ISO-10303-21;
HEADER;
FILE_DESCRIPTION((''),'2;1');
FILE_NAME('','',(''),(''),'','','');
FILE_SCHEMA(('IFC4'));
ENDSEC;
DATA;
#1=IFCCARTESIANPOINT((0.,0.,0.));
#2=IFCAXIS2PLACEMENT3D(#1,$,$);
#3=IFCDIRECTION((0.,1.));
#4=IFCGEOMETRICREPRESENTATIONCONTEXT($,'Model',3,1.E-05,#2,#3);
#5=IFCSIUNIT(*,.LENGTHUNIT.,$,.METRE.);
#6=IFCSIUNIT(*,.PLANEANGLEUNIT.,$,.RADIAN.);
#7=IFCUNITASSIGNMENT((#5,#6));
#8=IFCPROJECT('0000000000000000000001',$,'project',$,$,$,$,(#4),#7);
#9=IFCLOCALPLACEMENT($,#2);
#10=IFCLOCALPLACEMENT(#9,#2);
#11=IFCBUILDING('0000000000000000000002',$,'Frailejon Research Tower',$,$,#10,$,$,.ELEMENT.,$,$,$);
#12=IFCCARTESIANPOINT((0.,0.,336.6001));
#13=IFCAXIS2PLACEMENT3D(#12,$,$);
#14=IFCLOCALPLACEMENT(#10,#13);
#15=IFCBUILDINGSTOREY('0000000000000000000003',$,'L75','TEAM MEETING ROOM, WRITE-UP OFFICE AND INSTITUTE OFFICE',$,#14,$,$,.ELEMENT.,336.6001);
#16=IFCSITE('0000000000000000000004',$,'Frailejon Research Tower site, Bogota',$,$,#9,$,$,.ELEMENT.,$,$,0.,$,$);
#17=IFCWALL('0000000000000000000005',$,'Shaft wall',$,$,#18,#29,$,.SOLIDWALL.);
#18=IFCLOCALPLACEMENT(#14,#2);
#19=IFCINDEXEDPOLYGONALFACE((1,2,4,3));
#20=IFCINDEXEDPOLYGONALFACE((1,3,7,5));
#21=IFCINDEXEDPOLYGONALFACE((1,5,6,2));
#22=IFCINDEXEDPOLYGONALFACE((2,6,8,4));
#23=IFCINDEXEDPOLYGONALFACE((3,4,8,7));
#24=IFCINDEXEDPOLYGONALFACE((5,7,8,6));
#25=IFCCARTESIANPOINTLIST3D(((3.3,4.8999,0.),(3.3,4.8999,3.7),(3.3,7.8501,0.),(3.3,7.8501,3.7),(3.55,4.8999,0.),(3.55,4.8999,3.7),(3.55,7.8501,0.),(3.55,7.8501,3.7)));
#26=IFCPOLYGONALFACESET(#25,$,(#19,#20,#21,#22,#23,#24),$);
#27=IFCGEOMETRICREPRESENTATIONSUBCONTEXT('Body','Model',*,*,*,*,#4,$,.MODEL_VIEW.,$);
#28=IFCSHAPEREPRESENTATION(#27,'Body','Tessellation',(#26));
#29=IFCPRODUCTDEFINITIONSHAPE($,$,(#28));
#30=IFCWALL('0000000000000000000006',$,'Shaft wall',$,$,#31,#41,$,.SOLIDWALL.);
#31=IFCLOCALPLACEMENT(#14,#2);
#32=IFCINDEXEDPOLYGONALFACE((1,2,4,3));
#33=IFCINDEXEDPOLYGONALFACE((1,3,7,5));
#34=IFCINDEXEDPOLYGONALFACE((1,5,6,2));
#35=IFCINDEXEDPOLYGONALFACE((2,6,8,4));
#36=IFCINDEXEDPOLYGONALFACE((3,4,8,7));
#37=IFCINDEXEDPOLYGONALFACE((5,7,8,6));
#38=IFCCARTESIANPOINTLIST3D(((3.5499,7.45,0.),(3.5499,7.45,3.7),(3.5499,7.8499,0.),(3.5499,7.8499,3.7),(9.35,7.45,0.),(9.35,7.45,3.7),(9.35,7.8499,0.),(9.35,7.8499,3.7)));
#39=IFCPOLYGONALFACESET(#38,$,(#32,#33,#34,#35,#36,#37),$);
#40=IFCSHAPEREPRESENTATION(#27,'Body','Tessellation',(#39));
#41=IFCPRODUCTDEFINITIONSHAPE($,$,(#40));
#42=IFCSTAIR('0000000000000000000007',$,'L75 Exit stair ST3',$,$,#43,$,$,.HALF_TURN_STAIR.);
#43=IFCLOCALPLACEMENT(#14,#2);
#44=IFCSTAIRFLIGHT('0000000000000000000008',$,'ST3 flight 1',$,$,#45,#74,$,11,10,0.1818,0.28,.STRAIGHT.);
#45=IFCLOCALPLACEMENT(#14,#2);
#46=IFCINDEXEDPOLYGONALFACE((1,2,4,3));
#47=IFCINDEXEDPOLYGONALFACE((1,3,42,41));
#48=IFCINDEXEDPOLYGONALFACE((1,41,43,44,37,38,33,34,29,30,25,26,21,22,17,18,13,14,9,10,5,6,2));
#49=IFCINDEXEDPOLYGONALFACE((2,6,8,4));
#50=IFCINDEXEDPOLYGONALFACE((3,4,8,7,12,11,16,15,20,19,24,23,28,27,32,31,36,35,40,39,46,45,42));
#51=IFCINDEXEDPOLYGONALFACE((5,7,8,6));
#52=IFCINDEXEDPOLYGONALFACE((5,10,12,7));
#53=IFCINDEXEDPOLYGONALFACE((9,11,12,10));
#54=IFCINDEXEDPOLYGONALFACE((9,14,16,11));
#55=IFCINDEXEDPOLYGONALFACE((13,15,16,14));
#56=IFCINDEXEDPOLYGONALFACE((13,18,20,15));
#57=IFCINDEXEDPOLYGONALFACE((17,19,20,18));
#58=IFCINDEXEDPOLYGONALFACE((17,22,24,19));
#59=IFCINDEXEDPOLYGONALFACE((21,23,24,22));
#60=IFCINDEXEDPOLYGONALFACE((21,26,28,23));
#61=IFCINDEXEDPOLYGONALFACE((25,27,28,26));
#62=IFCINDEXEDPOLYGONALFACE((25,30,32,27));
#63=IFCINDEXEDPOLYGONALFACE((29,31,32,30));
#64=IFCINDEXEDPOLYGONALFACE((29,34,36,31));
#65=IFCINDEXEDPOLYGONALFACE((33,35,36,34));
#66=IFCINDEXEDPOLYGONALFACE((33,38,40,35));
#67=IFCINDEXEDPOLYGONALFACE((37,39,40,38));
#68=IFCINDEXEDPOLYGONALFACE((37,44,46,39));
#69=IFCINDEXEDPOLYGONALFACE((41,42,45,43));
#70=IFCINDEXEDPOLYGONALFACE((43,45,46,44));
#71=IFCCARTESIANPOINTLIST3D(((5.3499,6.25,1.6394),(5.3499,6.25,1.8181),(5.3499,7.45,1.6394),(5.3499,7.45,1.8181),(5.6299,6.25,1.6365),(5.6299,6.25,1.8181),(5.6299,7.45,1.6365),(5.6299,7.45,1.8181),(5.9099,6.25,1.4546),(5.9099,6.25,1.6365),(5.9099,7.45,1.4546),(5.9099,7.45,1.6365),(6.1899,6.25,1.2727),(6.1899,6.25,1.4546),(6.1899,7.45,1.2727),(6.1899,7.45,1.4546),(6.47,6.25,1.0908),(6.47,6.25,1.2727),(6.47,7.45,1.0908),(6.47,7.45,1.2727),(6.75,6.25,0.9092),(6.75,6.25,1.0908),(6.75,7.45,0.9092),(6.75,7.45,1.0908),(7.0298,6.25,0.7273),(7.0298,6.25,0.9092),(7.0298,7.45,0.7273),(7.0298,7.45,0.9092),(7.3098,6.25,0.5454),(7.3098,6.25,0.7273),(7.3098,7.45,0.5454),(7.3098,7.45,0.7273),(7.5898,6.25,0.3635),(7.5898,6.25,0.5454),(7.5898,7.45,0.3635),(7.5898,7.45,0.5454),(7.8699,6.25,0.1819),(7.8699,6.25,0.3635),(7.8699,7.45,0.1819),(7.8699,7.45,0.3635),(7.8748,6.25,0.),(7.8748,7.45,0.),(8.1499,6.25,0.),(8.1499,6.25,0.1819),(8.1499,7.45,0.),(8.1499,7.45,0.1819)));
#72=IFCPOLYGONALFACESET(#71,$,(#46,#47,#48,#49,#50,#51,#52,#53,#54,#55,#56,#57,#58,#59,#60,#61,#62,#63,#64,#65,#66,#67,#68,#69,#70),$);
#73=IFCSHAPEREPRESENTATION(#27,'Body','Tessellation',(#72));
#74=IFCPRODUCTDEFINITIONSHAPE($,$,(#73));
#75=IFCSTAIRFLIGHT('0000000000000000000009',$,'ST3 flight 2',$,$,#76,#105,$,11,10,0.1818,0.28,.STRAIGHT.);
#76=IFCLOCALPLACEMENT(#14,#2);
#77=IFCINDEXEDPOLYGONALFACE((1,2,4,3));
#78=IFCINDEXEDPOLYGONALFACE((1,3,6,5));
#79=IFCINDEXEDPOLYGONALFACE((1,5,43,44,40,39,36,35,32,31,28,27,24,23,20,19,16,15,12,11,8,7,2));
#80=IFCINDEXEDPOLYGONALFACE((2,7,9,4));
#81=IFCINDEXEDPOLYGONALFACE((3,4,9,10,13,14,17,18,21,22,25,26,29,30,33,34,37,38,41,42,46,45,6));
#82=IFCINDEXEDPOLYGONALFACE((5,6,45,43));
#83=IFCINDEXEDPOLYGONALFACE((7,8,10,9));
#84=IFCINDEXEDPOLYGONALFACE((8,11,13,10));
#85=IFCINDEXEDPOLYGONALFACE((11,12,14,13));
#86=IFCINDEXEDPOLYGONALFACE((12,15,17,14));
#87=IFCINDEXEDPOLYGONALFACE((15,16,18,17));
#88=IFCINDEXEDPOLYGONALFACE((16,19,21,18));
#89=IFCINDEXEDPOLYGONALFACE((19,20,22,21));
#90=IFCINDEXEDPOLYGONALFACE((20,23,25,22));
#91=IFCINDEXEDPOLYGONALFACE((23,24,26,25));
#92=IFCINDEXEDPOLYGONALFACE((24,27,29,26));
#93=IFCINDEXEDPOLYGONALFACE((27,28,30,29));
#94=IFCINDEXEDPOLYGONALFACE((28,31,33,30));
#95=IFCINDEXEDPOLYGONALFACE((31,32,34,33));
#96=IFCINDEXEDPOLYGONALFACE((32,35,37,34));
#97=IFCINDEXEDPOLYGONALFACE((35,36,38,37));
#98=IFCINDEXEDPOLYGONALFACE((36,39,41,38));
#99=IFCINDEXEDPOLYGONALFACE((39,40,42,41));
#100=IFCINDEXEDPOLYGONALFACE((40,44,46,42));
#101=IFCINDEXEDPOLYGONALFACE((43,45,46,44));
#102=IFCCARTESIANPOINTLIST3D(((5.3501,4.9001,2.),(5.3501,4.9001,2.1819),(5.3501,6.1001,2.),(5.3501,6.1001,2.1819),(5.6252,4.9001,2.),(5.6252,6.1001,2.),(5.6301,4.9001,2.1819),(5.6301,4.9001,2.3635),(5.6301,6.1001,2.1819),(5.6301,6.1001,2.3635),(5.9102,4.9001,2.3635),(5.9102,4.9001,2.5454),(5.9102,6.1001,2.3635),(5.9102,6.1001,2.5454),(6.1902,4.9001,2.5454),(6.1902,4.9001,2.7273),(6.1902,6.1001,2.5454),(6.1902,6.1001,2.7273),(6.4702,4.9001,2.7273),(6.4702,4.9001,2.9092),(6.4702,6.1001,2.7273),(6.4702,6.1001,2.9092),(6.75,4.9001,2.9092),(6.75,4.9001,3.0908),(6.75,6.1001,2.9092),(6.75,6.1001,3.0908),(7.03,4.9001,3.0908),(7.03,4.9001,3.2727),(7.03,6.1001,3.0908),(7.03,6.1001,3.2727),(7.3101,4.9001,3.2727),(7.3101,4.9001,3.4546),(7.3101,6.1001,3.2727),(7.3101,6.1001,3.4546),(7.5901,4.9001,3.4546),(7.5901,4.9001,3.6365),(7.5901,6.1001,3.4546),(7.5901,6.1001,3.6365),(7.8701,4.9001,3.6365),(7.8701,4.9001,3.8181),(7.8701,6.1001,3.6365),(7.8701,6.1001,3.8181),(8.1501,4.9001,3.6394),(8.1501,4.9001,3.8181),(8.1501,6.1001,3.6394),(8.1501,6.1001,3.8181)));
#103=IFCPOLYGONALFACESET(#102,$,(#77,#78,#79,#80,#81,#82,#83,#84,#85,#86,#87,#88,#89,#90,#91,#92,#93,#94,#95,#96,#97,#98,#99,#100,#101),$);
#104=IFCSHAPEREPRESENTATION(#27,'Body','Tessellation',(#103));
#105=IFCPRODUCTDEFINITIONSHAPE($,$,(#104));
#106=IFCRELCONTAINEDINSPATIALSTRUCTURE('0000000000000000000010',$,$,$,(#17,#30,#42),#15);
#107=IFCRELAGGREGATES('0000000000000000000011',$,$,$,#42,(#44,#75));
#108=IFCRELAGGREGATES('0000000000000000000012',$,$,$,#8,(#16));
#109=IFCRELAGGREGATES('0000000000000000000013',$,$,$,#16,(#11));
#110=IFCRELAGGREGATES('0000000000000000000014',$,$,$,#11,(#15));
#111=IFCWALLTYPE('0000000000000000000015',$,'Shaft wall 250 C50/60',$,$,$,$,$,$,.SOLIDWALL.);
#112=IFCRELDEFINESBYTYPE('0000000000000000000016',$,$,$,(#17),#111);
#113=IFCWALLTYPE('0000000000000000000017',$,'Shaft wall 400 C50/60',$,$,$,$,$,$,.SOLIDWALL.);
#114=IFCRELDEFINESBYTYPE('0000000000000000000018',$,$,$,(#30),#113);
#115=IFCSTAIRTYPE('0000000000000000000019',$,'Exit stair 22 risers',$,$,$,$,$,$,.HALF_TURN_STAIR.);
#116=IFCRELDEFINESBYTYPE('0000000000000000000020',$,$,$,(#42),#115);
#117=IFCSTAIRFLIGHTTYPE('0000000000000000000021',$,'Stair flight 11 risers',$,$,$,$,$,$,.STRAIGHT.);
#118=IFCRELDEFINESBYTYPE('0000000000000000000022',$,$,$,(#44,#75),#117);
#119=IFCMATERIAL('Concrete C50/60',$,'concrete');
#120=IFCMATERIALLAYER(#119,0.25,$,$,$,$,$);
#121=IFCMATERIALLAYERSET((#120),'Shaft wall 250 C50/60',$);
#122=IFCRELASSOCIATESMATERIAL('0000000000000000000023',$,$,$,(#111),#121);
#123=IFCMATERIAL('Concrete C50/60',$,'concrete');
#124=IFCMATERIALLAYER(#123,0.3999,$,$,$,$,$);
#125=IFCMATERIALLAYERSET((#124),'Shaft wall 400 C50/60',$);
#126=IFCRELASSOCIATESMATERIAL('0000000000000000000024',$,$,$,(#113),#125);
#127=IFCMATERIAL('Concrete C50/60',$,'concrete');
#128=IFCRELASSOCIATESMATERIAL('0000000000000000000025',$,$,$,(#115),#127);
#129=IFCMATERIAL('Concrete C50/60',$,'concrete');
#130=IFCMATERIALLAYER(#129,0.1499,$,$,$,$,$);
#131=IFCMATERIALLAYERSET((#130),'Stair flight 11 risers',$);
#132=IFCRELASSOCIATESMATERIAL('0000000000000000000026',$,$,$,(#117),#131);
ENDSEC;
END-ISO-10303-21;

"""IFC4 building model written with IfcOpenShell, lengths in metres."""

from ifc_helpers import new_model, si_unit, direction, frame, frame_2d, origin, place, context, subcontext, project, spatial, polyline, rectangle, outline, extrude, material, layer, layer_set, type_object, element, aggregate, save


model = new_model("IFC4")

# Units and contexts
model_context = context("Model", 3, precision=1e-05, world=origin(), true_north=direction((0.0, 1.0)))
body_context = subcontext(model_context, "Body", "Model", "MODEL_VIEW")
ifc_project = project(units=[si_unit("LENGTHUNIT", "METRE"), si_unit("PLANEANGLEUNIT", "RADIAN")], contexts=[model_context])

# Site, building, storey
site_placement = place(None, origin())
site = spatial("IfcSite", under=ifc_project, at=site_placement, Name="Frailejon Research Tower site, Bogota", CompositionType="ELEMENT", RefElevation=0.0)
building_placement = place(site_placement, origin())
building = spatial("IfcBuilding", under=site, at=building_placement, Name="Frailejon Research Tower", CompositionType="ELEMENT")
storey_placement = place(building_placement, frame((0.0, 0.0, 336.6001)))
storey = spatial("IfcBuildingStorey", under=building, at=storey_placement, Name="L75", Description="TEAM MEETING ROOM, WRITE-UP OFFICE AND INSTITUTE OFFICE", CompositionType="ELEMENT", Elevation=336.6001)

# Shared definitions
ifc_material_1 = material(Name="Concrete C50/60", Category="concrete")
ifc_layer_1 = layer(ifc_material_1, 0.25)
ifc_layer_set_1 = layer_set([ifc_layer_1], Name="Shaft wall 250 C50/60")
wall_type_1 = type_object("IfcWallType", Name="Shaft wall 250 C50/60", PredefinedType="SOLIDWALL", material=ifc_layer_set_1)

# Walls
wall_1_placement = place(storey_placement, frame((3.425, 4.8999, 0.0), z_axis=(0.0, 0.0, 1.0), x_axis=(0.0, 1.0, 0.0)))
element("IfcWall", 1, at=wall_1_placement, inside=storey, type_object=wall_type_1, Name="Shaft wall", PredefinedType="SOLIDWALL", context=body_context, shape_type="SweptSolid", body=[
    extrude(rectangle(XDim=2.9502, YDim=0.25, at=frame_2d((1.4751, 0.0))), origin(), (0.0, 0.0, 1.0), 3.7),
])
ifc_material_2 = material(Name="Concrete C50/60", Category="concrete")
ifc_layer_2 = layer(ifc_material_2, 0.3999)
ifc_layer_set_2 = layer_set([ifc_layer_2], Name="Shaft wall 400 C50/60")
wall_type_2 = type_object("IfcWallType", Name="Shaft wall 400 C50/60", PredefinedType="SOLIDWALL", material=ifc_layer_set_2)
wall_2_placement = place(storey_placement, frame((3.55, 7.6499, 0.0), z_axis=(0.0, 0.0, 1.0), x_axis=(1.0, 0.0, 0.0)))
element("IfcWall", 2, at=wall_2_placement, inside=storey, type_object=wall_type_2, Name="Shaft wall", PredefinedType="SOLIDWALL", context=body_context, shape_type="SweptSolid", body=[
    extrude(rectangle(XDim=5.8, YDim=0.3999, at=frame_2d((2.8999, 0.0))), origin(), (0.0, 0.0, 1.0), 3.7),
])

# Stair, stair flights
ifc_material_3 = material(Name="Concrete C50/60", Category="concrete")
stair_type = type_object("IfcStairType", Name="Exit stair 22 risers", PredefinedType="HALF_TURN_STAIR", material=ifc_material_3)
stair_placement = place(storey_placement, origin())
stair = element("IfcStair", 3, at=stair_placement, inside=storey, type_object=stair_type, Name="L75 Exit stair ST3", PredefinedType="HALF_TURN_STAIR")
ifc_material_4 = material(Name="Concrete C50/60", Category="concrete")
ifc_layer_3 = layer(ifc_material_4, 0.1499)
ifc_layer_set_3 = layer_set([ifc_layer_3], Name="Stair flight 11 risers")
stair_flight_type = type_object("IfcStairFlightType", Name="Stair flight 11 risers", PredefinedType="STRAIGHT", material=ifc_layer_set_3)
stair_flight_1_placement = place(storey_placement, frame((8.1499, 6.8501, 0.0), z_axis=(0.0, 0.0, 1.0), x_axis=(-1.0, 0.0, 0.0)))
stair_flight_1 = element("IfcStairFlight", 4, at=stair_flight_1_placement, type_object=stair_flight_type, Name="ST3 flight 1", NumberOfRisers=11, NumberOfTreads=10, PredefinedType="STRAIGHT", RiserHeight=0.1818, TreadLength=0.28, context=body_context, shape_type="SweptSolid", body=[
    extrude(outline(polyline([(0.0, 0.0), (0.0, 0.1819), (0.28, 0.1819), (0.28, 0.3635), (0.5601, 0.3635), (0.5601, 0.5454), (0.8401, 0.5454), (0.8401, 0.7273), (1.1201, 0.7273), (1.1201, 0.9092), (1.3999, 0.9092), (1.3999, 1.0908), (1.6799, 1.0908), (1.6799, 1.2727), (1.96, 1.2727), (1.96, 1.4546), (2.24, 1.4546), (2.24, 1.6365), (2.52, 1.6365), (2.52, 1.8181), (2.8, 1.8181), (2.8, 2.0), (2.8, 1.6394), (0.2751, 0.0), (0.0, 0.0)])), frame((0.0, 0.6001, 0.0), z_axis=(0.0, -1.0, 0.0), x_axis=(1.0, 0.0, 0.0)), (0.0, 0.0, 1.0), 1.2),
])
stair_flight_2_placement = place(storey_placement, frame((5.3501, 5.5, 2.0), z_axis=(0.0, 0.0, 1.0), x_axis=(1.0, 0.0, 0.0)))
stair_flight_2 = element("IfcStairFlight", 5, at=stair_flight_2_placement, type_object=stair_flight_type, Name="ST3 flight 2", NumberOfRisers=11, NumberOfTreads=10, PredefinedType="STRAIGHT", RiserHeight=0.1818, TreadLength=0.28, context=body_context, shape_type="SweptSolid", body=[
    extrude(outline(polyline([(0.0, 0.0), (0.0, 0.1819), (0.28, 0.1819), (0.28, 0.3635), (0.5601, 0.3635), (0.5601, 0.5454), (0.8401, 0.5454), (0.8401, 0.7273), (1.1201, 0.7273), (1.1201, 0.9092), (1.3999, 0.9092), (1.3999, 1.0908), (1.6799, 1.0908), (1.6799, 1.2727), (1.96, 1.2727), (1.96, 1.4546), (2.24, 1.4546), (2.24, 1.6365), (2.52, 1.6365), (2.52, 1.8181), (2.8, 1.8181), (2.8, 2.0), (2.8, 1.6394), (0.2751, 0.0), (0.0, 0.0)])), frame((0.0, 0.6001, 0.0), z_axis=(0.0, -1.0, 0.0), x_axis=(1.0, 0.0, 0.0)), (0.0, 0.0, 1.0), 1.2),
])
aggregate(stair, [stair_flight_1, stair_flight_2])

save(model, "model.ifc")
